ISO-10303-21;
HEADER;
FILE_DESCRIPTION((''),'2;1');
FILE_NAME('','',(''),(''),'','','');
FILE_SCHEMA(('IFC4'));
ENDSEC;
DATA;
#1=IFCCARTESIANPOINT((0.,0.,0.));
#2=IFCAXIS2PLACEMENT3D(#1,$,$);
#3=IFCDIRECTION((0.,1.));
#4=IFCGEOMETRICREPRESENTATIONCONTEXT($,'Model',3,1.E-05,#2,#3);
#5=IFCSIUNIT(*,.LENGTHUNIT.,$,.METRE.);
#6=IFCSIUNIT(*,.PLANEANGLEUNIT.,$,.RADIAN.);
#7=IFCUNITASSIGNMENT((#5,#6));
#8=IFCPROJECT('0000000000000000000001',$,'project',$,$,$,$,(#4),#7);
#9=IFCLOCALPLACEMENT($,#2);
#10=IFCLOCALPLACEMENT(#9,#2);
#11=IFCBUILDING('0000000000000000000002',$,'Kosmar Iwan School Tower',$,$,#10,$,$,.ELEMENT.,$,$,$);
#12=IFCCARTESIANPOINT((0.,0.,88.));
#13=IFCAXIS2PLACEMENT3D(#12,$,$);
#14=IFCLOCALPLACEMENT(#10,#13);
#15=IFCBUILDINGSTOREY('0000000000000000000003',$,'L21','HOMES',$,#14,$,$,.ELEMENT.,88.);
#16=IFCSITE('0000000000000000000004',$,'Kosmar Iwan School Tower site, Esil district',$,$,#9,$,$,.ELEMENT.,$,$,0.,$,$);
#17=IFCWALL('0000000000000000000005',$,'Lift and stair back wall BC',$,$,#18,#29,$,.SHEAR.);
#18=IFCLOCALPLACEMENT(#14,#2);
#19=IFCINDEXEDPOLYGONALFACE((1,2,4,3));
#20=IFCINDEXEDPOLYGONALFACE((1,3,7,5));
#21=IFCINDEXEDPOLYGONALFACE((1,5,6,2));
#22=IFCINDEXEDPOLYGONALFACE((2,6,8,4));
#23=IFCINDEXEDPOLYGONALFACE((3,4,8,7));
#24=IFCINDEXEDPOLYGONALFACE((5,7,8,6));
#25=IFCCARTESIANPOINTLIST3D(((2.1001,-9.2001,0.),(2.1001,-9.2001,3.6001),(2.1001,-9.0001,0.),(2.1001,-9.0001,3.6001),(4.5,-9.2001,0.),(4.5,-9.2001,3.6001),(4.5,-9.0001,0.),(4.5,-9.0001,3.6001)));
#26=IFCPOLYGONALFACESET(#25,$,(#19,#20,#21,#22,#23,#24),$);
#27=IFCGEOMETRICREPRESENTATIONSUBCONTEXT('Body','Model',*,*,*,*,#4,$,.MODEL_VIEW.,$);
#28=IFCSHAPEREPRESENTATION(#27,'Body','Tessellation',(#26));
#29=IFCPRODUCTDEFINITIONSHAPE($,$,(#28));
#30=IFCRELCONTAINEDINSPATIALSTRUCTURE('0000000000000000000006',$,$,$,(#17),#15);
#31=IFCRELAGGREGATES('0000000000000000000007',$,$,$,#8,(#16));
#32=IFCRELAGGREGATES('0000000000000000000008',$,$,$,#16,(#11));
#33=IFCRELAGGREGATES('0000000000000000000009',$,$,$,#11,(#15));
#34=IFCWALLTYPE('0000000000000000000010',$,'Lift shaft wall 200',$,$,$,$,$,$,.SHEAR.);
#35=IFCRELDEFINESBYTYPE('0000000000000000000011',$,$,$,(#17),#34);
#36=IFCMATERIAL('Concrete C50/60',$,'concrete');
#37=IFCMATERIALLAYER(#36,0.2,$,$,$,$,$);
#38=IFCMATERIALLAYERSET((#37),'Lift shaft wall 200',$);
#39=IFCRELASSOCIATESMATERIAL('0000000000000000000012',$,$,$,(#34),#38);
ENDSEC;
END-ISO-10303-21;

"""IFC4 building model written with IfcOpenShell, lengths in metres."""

from ifc_helpers import new_model, si_unit, direction, frame, frame_2d, origin, place, context, subcontext, project, spatial, rectangle, extrude, material, layer, layer_set, type_object, element, save


model = new_model("IFC4")

# Units and contexts
model_context = context("Model", 3, precision=1e-05, world=origin(), true_north=direction((0.0, 1.0)))
body_context = subcontext(model_context, "Body", "Model", "MODEL_VIEW")
ifc_project = project(units=[si_unit("LENGTHUNIT", "METRE"), si_unit("PLANEANGLEUNIT", "RADIAN")], contexts=[model_context])

# Site, building, storey
site_placement = place(None, origin())
site = spatial("IfcSite", under=ifc_project, at=site_placement, Name="Kosmar Iwan School Tower site, Esil district", CompositionType="ELEMENT", RefElevation=0.0)
building_placement = place(site_placement, origin())
building = spatial("IfcBuilding", under=site, at=building_placement, Name="Kosmar Iwan School Tower", CompositionType="ELEMENT")
storey_placement = place(building_placement, frame((0.0, 0.0, 88.0)))
storey = spatial("IfcBuildingStorey", under=building, at=storey_placement, Name="L21", Description="HOMES", CompositionType="ELEMENT", Elevation=88.0)

# Wall
ifc_material_1 = material(Name="Concrete C50/60", Category="concrete")
ifc_layer_1 = layer(ifc_material_1, 0.2)
ifc_layer_set_1 = layer_set([ifc_layer_1], Name="Lift shaft wall 200")
wall_type_1 = type_object("IfcWallType", Name="Lift shaft wall 200", PredefinedType="SHEAR", material=ifc_layer_set_1)
wall_1_placement = place(storey_placement, frame((2.1001, -9.1001, 0.0), z_axis=(0.0, 0.0, 1.0), x_axis=(1.0, 0.0, 0.0)))
element("IfcWall", 1, at=wall_1_placement, inside=storey, type_object=wall_type_1, Name="Lift and stair back wall BC", PredefinedType="SHEAR", context=body_context, shape_type="SweptSolid", body=[
    extrude(rectangle(XDim=2.3999, YDim=0.2, at=frame_2d((1.2, 0.0))), origin(), (0.0, 0.0, 1.0), 3.6001),
])

save(model, "model.ifc")
